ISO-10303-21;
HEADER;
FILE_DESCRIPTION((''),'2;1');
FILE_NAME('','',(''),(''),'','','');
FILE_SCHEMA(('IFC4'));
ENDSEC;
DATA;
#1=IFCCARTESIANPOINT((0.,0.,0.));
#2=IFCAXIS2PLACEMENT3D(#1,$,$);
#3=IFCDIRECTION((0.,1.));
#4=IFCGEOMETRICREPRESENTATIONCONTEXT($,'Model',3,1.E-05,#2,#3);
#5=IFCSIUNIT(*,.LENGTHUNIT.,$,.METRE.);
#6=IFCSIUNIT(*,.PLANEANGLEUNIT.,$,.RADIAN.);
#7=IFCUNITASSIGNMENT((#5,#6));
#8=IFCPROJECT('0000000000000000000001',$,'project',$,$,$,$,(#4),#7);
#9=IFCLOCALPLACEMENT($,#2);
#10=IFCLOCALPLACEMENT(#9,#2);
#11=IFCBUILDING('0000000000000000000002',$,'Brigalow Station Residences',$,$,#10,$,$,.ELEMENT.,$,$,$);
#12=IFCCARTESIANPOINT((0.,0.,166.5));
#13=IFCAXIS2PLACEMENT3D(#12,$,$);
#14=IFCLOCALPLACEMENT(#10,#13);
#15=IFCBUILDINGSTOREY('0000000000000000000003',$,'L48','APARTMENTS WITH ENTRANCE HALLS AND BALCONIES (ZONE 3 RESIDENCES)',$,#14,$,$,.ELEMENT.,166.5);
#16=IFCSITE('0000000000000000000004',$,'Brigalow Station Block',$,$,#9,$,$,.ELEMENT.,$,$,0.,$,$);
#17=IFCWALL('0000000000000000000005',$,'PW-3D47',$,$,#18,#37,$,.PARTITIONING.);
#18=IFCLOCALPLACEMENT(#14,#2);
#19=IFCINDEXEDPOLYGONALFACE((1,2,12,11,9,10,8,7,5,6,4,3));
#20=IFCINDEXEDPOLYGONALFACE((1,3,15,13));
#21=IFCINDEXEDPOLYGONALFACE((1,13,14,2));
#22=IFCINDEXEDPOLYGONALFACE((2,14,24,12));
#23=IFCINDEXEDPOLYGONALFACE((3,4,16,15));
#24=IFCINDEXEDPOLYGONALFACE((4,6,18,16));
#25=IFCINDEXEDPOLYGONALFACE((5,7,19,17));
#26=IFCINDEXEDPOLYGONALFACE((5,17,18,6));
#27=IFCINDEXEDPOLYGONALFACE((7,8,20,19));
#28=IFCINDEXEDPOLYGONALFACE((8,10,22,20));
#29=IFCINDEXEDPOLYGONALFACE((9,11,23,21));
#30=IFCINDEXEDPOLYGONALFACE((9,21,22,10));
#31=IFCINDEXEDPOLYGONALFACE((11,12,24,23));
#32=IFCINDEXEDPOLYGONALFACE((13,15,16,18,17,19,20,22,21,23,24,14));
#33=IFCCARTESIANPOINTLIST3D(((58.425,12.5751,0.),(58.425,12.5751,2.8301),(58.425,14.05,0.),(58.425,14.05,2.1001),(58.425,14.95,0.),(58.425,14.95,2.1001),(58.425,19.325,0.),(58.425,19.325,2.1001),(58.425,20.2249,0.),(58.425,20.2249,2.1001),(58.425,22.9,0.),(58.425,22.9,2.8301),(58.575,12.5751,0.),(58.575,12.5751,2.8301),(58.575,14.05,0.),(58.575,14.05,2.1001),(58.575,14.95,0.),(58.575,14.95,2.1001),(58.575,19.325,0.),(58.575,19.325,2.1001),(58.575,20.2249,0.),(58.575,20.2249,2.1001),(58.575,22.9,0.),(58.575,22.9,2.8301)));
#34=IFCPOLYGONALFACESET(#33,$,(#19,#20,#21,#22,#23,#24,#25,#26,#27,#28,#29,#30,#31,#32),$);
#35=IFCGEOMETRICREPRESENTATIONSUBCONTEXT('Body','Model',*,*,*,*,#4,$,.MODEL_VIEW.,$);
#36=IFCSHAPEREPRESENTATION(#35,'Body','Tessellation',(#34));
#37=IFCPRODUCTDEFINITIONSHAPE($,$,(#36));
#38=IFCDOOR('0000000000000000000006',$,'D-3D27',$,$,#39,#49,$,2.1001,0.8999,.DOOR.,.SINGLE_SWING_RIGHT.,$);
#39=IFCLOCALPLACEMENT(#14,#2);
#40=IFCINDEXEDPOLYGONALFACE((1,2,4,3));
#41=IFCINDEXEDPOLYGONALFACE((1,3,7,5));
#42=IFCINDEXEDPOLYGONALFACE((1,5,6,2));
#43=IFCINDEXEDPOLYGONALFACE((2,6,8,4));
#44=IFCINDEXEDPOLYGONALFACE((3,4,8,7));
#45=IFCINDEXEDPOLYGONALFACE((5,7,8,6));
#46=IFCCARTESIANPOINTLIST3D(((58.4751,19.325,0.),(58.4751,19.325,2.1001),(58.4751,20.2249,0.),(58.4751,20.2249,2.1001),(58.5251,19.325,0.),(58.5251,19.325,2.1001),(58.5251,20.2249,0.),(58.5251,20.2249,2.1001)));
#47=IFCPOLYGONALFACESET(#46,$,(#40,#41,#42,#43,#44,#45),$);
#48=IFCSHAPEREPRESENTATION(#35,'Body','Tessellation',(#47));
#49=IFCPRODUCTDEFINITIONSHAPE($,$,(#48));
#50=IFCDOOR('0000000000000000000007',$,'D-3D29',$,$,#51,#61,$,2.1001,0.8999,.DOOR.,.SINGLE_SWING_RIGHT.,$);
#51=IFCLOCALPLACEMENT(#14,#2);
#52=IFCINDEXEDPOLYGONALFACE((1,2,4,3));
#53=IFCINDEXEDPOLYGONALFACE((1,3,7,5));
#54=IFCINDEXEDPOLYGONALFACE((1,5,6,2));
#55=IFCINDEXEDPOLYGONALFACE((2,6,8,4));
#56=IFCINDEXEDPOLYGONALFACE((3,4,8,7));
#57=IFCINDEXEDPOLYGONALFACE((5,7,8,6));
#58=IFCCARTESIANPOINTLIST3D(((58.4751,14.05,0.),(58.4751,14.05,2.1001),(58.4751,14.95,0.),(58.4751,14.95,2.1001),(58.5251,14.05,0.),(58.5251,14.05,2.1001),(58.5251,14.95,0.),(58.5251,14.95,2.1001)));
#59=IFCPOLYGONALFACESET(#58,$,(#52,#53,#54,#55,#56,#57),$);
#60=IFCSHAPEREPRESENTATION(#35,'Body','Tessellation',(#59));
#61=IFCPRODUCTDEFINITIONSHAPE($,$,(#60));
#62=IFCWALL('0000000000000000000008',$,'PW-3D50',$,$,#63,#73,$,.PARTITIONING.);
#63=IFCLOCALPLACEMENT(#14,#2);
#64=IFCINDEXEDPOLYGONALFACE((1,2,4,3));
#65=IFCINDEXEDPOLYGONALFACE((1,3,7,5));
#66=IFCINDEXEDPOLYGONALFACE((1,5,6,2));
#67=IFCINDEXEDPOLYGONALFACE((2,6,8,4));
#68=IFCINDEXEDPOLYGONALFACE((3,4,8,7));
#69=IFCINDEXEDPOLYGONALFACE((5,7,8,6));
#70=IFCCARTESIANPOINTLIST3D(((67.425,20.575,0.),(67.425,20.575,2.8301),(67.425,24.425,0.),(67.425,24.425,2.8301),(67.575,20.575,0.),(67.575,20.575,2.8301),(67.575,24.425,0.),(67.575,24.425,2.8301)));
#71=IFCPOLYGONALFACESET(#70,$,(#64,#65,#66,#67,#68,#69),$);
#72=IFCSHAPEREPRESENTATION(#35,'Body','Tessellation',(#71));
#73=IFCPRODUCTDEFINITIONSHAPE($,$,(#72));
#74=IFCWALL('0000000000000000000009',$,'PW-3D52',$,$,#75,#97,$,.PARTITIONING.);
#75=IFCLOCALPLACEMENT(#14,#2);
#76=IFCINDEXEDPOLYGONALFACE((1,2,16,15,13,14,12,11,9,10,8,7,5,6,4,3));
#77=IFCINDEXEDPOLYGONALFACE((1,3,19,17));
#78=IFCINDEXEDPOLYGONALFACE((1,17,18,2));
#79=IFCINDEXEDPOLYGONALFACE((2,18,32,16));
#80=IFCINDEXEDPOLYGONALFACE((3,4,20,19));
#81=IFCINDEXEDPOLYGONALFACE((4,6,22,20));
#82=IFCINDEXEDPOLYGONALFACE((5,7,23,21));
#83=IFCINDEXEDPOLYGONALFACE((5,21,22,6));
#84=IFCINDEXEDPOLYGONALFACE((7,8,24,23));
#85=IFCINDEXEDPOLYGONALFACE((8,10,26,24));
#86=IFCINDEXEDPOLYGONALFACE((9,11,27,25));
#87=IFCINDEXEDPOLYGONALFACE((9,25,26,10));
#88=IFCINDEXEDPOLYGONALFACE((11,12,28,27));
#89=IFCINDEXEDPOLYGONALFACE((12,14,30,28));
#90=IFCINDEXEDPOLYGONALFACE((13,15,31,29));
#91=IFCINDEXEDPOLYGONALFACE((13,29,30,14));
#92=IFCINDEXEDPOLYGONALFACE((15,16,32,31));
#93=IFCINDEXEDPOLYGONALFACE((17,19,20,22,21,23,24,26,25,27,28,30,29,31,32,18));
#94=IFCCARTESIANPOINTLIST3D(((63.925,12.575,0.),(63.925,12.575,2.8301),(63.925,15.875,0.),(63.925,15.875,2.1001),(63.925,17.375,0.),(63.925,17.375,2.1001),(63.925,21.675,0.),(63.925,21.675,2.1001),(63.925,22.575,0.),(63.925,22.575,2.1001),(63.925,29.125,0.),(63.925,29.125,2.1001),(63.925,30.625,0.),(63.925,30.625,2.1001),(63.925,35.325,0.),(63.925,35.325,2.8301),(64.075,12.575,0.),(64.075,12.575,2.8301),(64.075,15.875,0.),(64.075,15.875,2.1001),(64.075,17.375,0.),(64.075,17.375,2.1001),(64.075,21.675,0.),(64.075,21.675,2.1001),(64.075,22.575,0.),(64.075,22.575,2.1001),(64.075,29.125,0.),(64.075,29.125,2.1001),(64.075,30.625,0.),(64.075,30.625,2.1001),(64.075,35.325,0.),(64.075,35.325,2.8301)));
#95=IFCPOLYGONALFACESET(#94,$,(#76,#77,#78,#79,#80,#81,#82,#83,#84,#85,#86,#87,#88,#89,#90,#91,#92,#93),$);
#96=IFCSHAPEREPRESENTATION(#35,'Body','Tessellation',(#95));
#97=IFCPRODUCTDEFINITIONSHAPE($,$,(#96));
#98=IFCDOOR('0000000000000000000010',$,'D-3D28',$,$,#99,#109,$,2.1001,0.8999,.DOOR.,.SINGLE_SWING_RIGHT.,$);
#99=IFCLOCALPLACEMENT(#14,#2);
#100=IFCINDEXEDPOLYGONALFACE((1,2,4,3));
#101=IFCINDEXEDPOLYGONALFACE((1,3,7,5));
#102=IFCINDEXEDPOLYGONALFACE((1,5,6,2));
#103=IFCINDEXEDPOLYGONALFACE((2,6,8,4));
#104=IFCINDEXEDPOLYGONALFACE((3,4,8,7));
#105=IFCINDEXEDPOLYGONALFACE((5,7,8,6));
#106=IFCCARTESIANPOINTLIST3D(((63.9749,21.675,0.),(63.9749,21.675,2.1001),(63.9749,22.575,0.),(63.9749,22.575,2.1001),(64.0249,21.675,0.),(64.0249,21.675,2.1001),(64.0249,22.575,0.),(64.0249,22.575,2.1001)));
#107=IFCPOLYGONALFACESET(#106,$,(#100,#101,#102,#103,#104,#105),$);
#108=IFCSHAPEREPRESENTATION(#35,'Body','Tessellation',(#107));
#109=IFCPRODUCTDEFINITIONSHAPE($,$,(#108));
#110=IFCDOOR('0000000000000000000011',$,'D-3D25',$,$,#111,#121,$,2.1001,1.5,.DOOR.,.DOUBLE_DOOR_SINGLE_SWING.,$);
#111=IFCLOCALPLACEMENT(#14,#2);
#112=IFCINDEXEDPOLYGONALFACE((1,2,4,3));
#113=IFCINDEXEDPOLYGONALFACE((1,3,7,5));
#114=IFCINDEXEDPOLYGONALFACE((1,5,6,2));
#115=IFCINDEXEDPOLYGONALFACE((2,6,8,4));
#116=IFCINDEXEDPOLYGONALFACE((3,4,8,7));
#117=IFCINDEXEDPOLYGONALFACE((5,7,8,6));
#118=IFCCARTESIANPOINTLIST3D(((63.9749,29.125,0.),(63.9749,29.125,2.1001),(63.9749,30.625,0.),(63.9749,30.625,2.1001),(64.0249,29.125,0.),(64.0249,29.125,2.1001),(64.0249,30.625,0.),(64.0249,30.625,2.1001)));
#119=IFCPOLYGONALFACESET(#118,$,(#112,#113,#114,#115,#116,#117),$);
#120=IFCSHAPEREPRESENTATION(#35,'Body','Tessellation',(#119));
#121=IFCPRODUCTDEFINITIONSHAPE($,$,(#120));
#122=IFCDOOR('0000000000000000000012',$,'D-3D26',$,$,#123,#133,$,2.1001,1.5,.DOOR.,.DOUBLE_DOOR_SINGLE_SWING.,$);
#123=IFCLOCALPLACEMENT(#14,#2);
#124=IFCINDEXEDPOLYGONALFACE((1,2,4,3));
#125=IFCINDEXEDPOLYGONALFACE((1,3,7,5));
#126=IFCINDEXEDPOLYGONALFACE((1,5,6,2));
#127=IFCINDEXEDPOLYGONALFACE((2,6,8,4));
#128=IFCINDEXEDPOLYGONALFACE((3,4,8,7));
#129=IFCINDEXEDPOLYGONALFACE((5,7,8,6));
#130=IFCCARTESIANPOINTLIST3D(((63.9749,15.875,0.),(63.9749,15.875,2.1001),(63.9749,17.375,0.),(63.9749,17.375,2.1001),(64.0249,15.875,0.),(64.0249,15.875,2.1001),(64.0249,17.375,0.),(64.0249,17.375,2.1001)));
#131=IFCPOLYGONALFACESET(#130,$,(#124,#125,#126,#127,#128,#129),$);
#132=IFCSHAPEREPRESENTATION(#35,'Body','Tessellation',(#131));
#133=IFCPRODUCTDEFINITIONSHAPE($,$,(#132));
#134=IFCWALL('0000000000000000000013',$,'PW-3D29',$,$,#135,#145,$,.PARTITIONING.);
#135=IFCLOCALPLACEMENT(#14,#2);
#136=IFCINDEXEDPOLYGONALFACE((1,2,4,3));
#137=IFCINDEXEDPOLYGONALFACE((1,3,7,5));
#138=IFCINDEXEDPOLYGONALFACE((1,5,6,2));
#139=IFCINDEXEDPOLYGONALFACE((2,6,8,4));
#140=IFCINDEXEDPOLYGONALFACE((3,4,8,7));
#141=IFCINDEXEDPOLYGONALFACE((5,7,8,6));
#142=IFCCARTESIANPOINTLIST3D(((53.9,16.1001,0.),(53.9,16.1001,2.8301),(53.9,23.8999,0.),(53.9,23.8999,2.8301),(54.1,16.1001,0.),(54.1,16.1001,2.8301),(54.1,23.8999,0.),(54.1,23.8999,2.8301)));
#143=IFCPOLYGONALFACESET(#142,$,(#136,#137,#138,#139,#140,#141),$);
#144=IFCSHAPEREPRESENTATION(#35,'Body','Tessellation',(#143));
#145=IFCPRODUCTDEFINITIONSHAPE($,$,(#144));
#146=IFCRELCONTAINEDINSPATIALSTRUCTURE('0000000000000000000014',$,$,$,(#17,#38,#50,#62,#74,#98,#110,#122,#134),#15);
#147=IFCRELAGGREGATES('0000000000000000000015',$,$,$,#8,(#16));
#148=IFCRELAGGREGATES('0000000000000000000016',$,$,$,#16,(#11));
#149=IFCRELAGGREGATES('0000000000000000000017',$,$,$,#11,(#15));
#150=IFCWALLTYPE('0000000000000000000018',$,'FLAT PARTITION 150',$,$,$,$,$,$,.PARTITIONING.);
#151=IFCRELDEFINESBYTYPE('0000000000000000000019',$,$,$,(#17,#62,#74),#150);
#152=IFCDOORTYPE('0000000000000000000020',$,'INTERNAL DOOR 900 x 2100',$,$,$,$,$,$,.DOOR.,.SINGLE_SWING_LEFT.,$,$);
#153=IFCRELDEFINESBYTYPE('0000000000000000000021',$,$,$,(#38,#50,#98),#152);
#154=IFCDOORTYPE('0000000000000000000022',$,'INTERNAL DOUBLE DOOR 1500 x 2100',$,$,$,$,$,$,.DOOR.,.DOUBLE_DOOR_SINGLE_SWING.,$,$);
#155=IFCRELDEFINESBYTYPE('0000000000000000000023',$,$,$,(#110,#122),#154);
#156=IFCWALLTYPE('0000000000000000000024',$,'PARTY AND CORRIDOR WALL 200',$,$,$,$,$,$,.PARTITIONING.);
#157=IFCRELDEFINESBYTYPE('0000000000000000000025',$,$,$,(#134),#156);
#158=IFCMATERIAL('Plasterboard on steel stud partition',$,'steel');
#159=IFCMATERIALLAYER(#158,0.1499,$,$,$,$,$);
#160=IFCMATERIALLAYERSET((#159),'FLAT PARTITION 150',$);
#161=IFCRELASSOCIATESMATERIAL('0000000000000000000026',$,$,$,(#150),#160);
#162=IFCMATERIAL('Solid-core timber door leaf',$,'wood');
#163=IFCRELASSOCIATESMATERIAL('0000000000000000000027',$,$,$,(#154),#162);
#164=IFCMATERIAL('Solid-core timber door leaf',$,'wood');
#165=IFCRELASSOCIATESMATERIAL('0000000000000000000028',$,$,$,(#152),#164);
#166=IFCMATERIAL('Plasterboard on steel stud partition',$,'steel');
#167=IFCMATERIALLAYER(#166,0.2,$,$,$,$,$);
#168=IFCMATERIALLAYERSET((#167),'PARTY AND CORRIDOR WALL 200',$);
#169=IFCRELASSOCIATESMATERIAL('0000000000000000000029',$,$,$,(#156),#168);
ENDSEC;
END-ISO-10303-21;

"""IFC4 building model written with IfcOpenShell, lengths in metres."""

from ifc_helpers import new_model, si_unit, direction, frame, frame_2d, origin, place, context, subcontext, project, spatial, rectangle, extrude, material, layer, layer_set, type_object, element, fill, save


model = new_model("IFC4")

# Units and contexts
model_context = context("Model", 3, precision=1e-05, world=origin(), true_north=direction((0.0, 1.0)))
body_context = subcontext(model_context, "Body", "Model", "MODEL_VIEW")
ifc_project = project(units=[si_unit("LENGTHUNIT", "METRE"), si_unit("PLANEANGLEUNIT", "RADIAN")], contexts=[model_context])

# Site, building, storey
site_placement = place(None, origin())
site = spatial("IfcSite", under=ifc_project, at=site_placement, Name="Brigalow Station Block", CompositionType="ELEMENT", RefElevation=0.0)
building_placement = place(site_placement, origin())
building = spatial("IfcBuilding", under=site, at=building_placement, Name="Brigalow Station Residences", CompositionType="ELEMENT")
storey_placement = place(building_placement, frame((0.0, 0.0, 166.5)))
storey = spatial("IfcBuildingStorey", under=building, at=storey_placement, Name="L48", Description="APARTMENTS WITH ENTRANCE HALLS AND BALCONIES (ZONE 3 RESIDENCES)", CompositionType="ELEMENT", Elevation=166.5)

# Shared definitions
ifc_material_1 = material(Name="Plasterboard on steel stud partition", Category="steel")
ifc_layer_1 = layer(ifc_material_1, 0.1499)
ifc_layer_set_1 = layer_set([ifc_layer_1], Name="FLAT PARTITION 150")
wall_type_1 = type_object("IfcWallType", Name="FLAT PARTITION 150", PredefinedType="PARTITIONING", material=ifc_layer_set_1)
ifc_material_2 = material(Name="Solid-core timber door leaf", Category="wood")
door_type_1 = type_object("IfcDoorType", Name="INTERNAL DOUBLE DOOR 1500 x 2100", OperationType="DOUBLE_DOOR_SINGLE_SWING", PredefinedType="DOOR", material=ifc_material_2)

# Wall, openings, doors
wall_1_placement = place(storey_placement, frame((58.5, 12.575, 0.0), z_axis=(0.0, 0.0, 1.0), x_axis=(0.0, 1.0, 0.0)))
wall_1 = element("IfcWall", 1, at=wall_1_placement, inside=storey, type_object=wall_type_1, Name="PW-3D47", PredefinedType="PARTITIONING", context=body_context, shape_type="SweptSolid", body=[
    extrude(rectangle(XDim=10.325, YDim=0.1499, at=frame_2d((5.1626, 0.0))), origin(), (0.0, 0.0, 1.0), 2.8301),
])
opening_1_placement = place(wall_1_placement, frame((6.75, 0.0, 0.0)))
opening_1 = element("IfcOpeningElement", 2, at=opening_1_placement, cuts=wall_1, PredefinedType="OPENING", context=body_context, shape_type="SweptSolid", body=[
    extrude(rectangle(XDim=0.8999, YDim=2.1001, at=frame_2d((0.45, 1.05))), frame((0.0, 0.085, 0.0), z_axis=(0.0, -1.0, 0.0), x_axis=(1.0, 0.0, 0.0)), (0.0, 0.0, 1.0), 0.1699),
])
opening_2_placement = place(wall_1_placement, frame((1.4751, 0.0, 0.0)))
opening_2 = element("IfcOpeningElement", 3, at=opening_2_placement, cuts=wall_1, PredefinedType="OPENING", context=body_context, shape_type="SweptSolid", body=[
    extrude(rectangle(XDim=0.8999, YDim=2.1001, at=frame_2d((0.45, 1.05))), frame((0.0, 0.085, 0.0), z_axis=(0.0, -1.0, 0.0), x_axis=(1.0, 0.0, 0.0)), (0.0, 0.0, 1.0), 0.1699),
])
ifc_material_3 = material(Name="Solid-core timber door leaf", Category="wood")
door_type_2 = type_object("IfcDoorType", Name="INTERNAL DOOR 900 x 2100", OperationType="SINGLE_SWING_LEFT", PredefinedType="DOOR", material=ifc_material_3)
door_1_placement = place(opening_1_placement, origin())
door_1 = element("IfcDoor", 4, at=door_1_placement, inside=storey, type_object=door_type_2, Name="D-3D27", OperationType="SINGLE_SWING_RIGHT", OverallHeight=2.1001, OverallWidth=0.8999, PredefinedType="DOOR", context=body_context, shape_type="SweptSolid", body=[
    extrude(rectangle(XDim=0.8999, YDim=2.1001, at=frame_2d((0.45, 1.05))), frame((0.0, 0.0249, 0.0), z_axis=(0.0, -1.0, 0.0), x_axis=(1.0, 0.0, 0.0)), (0.0, 0.0, 1.0), 0.05),
])
fill(opening_1, door_1)
door_2_placement = place(opening_2_placement, origin())
door_2 = element("IfcDoor", 5, at=door_2_placement, inside=storey, type_object=door_type_2, Name="D-3D29", OperationType="SINGLE_SWING_RIGHT", OverallHeight=2.1001, OverallWidth=0.8999, PredefinedType="DOOR", context=body_context, shape_type="SweptSolid", body=[
    extrude(rectangle(XDim=0.8999, YDim=2.1001, at=frame_2d((0.45, 1.05))), frame((0.0, 0.0249, 0.0), z_axis=(0.0, -1.0, 0.0), x_axis=(1.0, 0.0, 0.0)), (0.0, 0.0, 1.0), 0.05),
])
fill(opening_2, door_2)

# Wall
wall_2_placement = place(storey_placement, frame((67.5, 20.575, 0.0), z_axis=(0.0, 0.0, 1.0), x_axis=(0.0, 1.0, 0.0)))
element("IfcWall", 6, at=wall_2_placement, inside=storey, type_object=wall_type_1, Name="PW-3D50", PredefinedType="PARTITIONING", context=body_context, shape_type="SweptSolid", body=[
    extrude(rectangle(XDim=3.8501, YDim=0.1499, at=frame_2d((1.925, 0.0))), origin(), (0.0, 0.0, 1.0), 2.8301),
])

# Wall, openings, doors
wall_3_placement = place(storey_placement, frame((64.0, 12.575, 0.0), z_axis=(0.0, 0.0, 1.0), x_axis=(0.0, 1.0, 0.0)))
wall_3 = element("IfcWall", 7, at=wall_3_placement, inside=storey, type_object=wall_type_1, Name="PW-3D52", PredefinedType="PARTITIONING", context=body_context, shape_type="SweptSolid", body=[
    extrude(rectangle(XDim=22.75, YDim=0.1499, at=frame_2d((11.375, 0.0))), origin(), (0.0, 0.0, 1.0), 2.8301),
])
opening_3_placement = place(wall_3_placement, frame((16.55, 0.0, 0.0)))
opening_3 = element("IfcOpeningElement", 8, at=opening_3_placement, cuts=wall_3, PredefinedType="OPENING", context=body_context, shape_type="SweptSolid", body=[
    extrude(rectangle(XDim=1.5, YDim=2.1001, at=frame_2d((0.75, 1.05))), frame((0.0, 0.085, 0.0), z_axis=(0.0, -1.0, 0.0), x_axis=(1.0, 0.0, 0.0)), (0.0, 0.0, 1.0), 0.1699),
])
opening_4_placement = place(wall_3_placement, frame((3.3, 0.0, 0.0)))
opening_4 = element("IfcOpeningElement", 9, at=opening_4_placement, cuts=wall_3, PredefinedType="OPENING", context=body_context, shape_type="SweptSolid", body=[
    extrude(rectangle(XDim=1.5, YDim=2.1001, at=frame_2d((0.75, 1.05))), frame((0.0, 0.085, 0.0), z_axis=(0.0, -1.0, 0.0), x_axis=(1.0, 0.0, 0.0)), (0.0, 0.0, 1.0), 0.1699),
])
opening_5_placement = place(wall_3_placement, frame((9.1001, 0.0, 0.0)))
opening_5 = element("IfcOpeningElement", 10, at=opening_5_placement, cuts=wall_3, PredefinedType="OPENING", context=body_context, shape_type="SweptSolid", body=[
    extrude(rectangle(XDim=0.8999, YDim=2.1001, at=frame_2d((0.45, 1.05))), frame((0.0, 0.085, 0.0), z_axis=(0.0, -1.0, 0.0), x_axis=(1.0, 0.0, 0.0)), (0.0, 0.0, 1.0), 0.1699),
])
door_3_placement = place(opening_5_placement, frame((0.8999, 0.0, 0.0), z_axis=(0.0, 0.0, 1.0), x_axis=(-1.0, 0.0, 0.0)))
door_3 = element("IfcDoor", 11, at=door_3_placement, inside=storey, type_object=door_type_2, Name="D-3D28", OperationType="SINGLE_SWING_RIGHT", OverallHeight=2.1001, OverallWidth=0.8999, PredefinedType="DOOR", context=body_context, shape_type="SweptSolid", body=[
    extrude(rectangle(XDim=0.8999, YDim=2.1001, at=frame_2d((0.45, 1.05))), frame((0.0, 0.0249, 0.0), z_axis=(0.0, -1.0, 0.0), x_axis=(1.0, 0.0, 0.0)), (0.0, 0.0, 1.0), 0.05),
])
fill(opening_5, door_3)
door_4_placement = place(opening_3_placement, frame((1.5, 0.0, 0.0), z_axis=(0.0, 0.0, 1.0), x_axis=(-1.0, 0.0, 0.0)))
door_4 = element("IfcDoor", 12, at=door_4_placement, inside=storey, type_object=door_type_1, Name="D-3D25", OperationType="DOUBLE_DOOR_SINGLE_SWING", OverallHeight=2.1001, OverallWidth=1.5, PredefinedType="DOOR", context=body_context, shape_type="SweptSolid", body=[
    extrude(rectangle(XDim=1.5, YDim=2.1001, at=frame_2d((0.75, 1.05))), frame((0.0, 0.0249, 0.0), z_axis=(0.0, -1.0, 0.0), x_axis=(1.0, 0.0, 0.0)), (0.0, 0.0, 1.0), 0.05),
])
fill(opening_3, door_4)
door_5_placement = place(opening_4_placement, frame((1.5, 0.0, 0.0), z_axis=(0.0, 0.0, 1.0), x_axis=(-1.0, 0.0, 0.0)))
door_5 = element("IfcDoor", 13, at=door_5_placement, inside=storey, type_object=door_type_1, Name="D-3D26", OperationType="DOUBLE_DOOR_SINGLE_SWING", OverallHeight=2.1001, OverallWidth=1.5, PredefinedType="DOOR", context=body_context, shape_type="SweptSolid", body=[
    extrude(rectangle(XDim=1.5, YDim=2.1001, at=frame_2d((0.75, 1.05))), frame((0.0, 0.0249, 0.0), z_axis=(0.0, -1.0, 0.0), x_axis=(1.0, 0.0, 0.0)), (0.0, 0.0, 1.0), 0.05),
])
fill(opening_4, door_5)

# Wall
ifc_material_4 = material(Name="Plasterboard on steel stud partition", Category="steel")
ifc_layer_2 = layer(ifc_material_4, 0.2)
ifc_layer_set_2 = layer_set([ifc_layer_2], Name="PARTY AND CORRIDOR WALL 200")
wall_type_2 = type_object("IfcWallType", Name="PARTY AND CORRIDOR WALL 200", PredefinedType="PARTITIONING", material=ifc_layer_set_2)
wall_4_placement = place(storey_placement, frame((54.0, 16.1001, 0.0), z_axis=(0.0, 0.0, 1.0), x_axis=(0.0, 1.0, 0.0)))
element("IfcWall", 14, at=wall_4_placement, inside=storey, type_object=wall_type_2, Name="PW-3D29", PredefinedType="PARTITIONING", context=body_context, shape_type="SweptSolid", body=[
    extrude(rectangle(XDim=7.7998, YDim=0.2, at=frame_2d((3.8999, 0.0))), origin(), (0.0, 0.0, 1.0), 2.8301),
])

save(model, "model.ifc")
